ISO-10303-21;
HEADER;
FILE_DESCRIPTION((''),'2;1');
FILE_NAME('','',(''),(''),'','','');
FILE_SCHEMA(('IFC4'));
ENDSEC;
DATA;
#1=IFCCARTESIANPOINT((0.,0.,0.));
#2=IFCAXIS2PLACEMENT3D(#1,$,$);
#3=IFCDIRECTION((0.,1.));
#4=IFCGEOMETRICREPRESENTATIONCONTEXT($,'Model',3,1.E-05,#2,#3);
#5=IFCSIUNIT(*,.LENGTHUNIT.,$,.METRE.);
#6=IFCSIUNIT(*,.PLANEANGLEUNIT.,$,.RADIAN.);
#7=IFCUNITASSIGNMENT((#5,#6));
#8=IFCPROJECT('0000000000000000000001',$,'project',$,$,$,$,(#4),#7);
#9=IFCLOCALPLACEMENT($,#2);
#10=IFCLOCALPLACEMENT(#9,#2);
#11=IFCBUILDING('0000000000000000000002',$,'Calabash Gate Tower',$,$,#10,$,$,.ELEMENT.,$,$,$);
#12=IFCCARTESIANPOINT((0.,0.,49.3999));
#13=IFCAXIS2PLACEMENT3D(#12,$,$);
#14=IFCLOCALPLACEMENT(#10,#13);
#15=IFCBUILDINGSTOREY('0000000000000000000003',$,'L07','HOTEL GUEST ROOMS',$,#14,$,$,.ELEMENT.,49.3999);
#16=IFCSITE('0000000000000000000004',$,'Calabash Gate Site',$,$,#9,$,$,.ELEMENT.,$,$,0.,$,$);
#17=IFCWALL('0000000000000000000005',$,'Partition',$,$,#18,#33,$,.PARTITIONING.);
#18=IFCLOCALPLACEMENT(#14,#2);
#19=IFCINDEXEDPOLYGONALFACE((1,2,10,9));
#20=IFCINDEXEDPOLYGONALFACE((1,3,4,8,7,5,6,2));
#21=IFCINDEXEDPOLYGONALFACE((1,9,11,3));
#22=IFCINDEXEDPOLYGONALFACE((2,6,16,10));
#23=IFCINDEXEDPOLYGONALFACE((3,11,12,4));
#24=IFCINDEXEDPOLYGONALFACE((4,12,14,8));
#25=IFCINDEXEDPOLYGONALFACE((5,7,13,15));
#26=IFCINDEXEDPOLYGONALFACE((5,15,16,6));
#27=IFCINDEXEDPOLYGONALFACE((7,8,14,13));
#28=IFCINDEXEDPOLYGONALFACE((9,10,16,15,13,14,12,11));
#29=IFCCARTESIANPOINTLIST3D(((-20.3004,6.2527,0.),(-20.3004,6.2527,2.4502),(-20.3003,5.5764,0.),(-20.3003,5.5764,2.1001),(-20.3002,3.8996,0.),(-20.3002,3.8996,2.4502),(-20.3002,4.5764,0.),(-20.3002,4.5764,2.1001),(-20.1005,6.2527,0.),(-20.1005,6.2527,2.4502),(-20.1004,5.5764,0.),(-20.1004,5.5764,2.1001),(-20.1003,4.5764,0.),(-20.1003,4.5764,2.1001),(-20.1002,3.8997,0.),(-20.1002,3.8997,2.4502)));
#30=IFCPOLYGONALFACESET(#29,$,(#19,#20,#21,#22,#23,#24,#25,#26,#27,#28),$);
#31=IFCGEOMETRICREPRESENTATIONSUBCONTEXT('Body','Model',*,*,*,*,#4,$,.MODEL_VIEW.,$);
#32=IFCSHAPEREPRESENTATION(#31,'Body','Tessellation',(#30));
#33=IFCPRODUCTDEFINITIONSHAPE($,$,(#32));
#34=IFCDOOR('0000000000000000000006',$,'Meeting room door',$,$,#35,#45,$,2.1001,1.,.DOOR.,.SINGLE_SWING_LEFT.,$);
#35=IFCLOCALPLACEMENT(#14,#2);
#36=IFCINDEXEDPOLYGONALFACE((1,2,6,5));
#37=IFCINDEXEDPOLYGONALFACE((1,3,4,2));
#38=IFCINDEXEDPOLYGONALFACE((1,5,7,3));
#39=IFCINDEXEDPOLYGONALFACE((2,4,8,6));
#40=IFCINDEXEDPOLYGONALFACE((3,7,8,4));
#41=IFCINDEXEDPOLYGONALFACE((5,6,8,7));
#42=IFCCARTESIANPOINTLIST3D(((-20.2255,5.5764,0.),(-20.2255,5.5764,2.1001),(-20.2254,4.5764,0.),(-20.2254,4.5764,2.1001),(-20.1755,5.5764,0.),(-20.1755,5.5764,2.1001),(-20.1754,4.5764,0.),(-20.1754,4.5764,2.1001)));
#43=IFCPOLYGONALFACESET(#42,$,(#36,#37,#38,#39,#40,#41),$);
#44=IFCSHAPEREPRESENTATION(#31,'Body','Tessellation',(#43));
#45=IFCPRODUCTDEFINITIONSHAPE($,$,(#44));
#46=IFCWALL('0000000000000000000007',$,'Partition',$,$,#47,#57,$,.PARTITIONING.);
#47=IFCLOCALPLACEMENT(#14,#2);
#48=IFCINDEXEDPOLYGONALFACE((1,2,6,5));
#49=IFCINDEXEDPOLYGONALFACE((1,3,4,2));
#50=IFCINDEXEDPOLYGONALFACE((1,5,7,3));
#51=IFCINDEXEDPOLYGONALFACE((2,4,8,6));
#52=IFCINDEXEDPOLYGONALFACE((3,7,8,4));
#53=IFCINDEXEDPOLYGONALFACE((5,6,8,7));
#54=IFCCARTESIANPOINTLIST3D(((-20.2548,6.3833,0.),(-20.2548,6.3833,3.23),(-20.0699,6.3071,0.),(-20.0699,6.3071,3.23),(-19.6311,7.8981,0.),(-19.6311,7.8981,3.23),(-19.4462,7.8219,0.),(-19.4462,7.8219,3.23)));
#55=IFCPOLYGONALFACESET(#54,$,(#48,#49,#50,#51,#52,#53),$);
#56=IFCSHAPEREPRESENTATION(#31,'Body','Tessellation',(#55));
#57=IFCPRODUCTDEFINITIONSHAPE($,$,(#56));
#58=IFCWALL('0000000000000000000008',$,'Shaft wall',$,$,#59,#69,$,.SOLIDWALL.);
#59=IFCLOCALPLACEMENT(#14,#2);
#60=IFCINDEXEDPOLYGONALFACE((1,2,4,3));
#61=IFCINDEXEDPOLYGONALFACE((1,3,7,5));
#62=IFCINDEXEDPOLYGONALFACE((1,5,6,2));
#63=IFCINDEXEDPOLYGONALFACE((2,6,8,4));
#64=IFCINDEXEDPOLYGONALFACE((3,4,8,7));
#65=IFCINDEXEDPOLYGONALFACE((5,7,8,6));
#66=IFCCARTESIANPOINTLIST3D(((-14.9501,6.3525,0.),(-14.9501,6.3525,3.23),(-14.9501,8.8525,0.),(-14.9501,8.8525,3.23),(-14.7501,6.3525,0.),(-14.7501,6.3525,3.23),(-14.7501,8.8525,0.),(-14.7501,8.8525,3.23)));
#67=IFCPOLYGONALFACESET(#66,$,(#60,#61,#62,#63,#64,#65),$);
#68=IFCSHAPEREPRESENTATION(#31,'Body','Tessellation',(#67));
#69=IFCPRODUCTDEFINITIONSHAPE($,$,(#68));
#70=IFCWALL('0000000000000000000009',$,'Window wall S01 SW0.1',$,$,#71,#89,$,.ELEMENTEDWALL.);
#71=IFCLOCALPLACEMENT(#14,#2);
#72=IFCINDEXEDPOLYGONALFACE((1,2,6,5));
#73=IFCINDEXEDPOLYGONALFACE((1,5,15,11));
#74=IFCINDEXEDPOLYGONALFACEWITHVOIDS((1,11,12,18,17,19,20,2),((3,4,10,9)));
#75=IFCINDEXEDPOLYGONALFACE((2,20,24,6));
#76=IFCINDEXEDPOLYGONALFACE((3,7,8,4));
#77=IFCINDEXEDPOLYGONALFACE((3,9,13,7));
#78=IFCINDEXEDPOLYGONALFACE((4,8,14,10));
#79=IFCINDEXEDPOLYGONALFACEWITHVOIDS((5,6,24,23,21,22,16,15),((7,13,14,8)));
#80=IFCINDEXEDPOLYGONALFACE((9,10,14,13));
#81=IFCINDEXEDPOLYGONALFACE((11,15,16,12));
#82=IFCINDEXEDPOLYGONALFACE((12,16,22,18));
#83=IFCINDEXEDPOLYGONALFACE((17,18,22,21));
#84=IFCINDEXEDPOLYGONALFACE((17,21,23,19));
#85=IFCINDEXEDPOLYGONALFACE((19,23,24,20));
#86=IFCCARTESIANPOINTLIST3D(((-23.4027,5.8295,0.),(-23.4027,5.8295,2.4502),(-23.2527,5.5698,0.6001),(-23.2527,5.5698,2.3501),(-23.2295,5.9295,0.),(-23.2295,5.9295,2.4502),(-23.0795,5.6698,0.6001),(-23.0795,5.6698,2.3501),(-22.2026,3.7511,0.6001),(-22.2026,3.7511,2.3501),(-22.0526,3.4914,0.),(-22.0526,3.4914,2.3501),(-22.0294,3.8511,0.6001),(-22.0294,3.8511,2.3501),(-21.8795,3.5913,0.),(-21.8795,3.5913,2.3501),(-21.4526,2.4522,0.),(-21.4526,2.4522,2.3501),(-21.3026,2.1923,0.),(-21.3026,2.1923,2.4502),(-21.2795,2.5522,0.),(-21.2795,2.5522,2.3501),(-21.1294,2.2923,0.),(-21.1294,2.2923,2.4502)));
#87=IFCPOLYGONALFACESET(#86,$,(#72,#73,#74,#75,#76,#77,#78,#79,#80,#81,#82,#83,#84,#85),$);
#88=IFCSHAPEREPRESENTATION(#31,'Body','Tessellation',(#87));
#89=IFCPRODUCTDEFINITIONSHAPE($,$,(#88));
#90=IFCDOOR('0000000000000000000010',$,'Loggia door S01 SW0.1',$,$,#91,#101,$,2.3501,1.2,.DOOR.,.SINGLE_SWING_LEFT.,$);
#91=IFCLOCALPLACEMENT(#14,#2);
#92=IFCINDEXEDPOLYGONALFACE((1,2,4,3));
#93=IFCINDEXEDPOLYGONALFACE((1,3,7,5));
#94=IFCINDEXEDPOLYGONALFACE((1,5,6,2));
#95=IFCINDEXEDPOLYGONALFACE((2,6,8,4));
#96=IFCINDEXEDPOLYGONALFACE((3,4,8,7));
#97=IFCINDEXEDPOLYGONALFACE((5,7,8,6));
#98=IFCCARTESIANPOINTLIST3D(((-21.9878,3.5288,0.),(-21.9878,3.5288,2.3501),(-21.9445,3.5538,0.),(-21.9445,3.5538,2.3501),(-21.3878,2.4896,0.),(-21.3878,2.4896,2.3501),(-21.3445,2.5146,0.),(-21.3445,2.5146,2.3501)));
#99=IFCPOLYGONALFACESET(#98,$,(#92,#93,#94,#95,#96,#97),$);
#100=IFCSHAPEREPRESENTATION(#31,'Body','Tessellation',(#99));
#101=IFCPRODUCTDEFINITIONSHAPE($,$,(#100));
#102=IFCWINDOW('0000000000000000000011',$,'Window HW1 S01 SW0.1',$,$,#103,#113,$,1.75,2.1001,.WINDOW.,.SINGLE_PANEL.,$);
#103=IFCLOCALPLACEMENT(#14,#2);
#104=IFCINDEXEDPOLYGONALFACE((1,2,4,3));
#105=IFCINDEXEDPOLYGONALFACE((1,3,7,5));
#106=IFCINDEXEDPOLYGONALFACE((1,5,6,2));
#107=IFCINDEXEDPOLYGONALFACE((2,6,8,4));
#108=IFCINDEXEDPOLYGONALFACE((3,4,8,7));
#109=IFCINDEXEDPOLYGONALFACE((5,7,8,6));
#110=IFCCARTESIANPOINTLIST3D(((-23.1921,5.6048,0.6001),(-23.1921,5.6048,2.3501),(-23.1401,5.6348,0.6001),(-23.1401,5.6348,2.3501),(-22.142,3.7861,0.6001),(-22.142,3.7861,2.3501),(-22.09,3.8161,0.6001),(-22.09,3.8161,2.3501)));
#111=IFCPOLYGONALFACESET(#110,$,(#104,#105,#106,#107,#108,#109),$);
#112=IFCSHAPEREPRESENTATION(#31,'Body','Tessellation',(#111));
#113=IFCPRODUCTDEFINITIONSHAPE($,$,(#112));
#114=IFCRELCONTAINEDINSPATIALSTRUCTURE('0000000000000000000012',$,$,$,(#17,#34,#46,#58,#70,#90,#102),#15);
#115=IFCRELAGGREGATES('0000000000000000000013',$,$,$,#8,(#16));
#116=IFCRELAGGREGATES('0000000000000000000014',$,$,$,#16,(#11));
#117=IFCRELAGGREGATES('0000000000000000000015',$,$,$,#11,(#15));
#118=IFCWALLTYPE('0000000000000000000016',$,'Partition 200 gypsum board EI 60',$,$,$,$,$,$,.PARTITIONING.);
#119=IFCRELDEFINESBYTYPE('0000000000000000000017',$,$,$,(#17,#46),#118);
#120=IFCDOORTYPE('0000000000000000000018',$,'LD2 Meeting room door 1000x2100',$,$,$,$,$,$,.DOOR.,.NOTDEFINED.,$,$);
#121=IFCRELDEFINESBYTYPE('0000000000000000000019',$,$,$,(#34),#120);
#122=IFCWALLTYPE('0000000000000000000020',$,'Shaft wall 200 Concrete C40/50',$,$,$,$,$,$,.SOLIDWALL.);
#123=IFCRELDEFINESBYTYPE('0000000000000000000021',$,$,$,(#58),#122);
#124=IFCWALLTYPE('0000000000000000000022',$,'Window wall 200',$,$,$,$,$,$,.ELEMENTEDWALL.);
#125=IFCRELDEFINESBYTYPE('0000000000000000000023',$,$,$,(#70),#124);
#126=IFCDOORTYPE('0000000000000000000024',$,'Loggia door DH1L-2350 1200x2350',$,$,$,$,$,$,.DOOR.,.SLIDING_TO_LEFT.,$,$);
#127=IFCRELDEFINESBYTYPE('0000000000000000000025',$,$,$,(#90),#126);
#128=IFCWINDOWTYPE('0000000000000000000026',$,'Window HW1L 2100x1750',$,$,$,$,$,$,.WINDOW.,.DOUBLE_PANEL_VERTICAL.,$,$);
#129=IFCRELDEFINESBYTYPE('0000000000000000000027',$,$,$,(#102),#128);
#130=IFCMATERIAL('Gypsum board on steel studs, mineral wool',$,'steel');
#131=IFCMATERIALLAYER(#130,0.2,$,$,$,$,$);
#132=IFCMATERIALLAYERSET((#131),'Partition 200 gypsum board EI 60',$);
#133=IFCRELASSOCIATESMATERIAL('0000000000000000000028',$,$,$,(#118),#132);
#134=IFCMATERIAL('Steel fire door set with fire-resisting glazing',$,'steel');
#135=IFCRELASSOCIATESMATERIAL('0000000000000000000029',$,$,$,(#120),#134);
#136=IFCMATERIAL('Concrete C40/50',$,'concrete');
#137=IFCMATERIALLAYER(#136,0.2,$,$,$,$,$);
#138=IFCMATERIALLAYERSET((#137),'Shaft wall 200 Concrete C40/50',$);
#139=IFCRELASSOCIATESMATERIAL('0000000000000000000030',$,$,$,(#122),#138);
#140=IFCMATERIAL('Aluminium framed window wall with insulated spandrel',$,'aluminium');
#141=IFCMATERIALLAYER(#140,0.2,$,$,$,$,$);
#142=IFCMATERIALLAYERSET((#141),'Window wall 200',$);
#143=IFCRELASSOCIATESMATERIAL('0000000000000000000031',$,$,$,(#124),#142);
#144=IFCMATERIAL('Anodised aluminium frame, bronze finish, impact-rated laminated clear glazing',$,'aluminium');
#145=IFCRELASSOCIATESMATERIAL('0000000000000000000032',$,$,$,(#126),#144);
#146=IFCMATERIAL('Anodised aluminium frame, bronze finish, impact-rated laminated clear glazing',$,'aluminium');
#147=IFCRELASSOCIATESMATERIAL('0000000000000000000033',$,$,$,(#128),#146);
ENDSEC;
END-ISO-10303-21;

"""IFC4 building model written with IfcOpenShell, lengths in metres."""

from ifc_helpers import new_model, si_unit, direction, frame, frame_2d, origin, place, context, subcontext, project, spatial, rectangle, extrude, material, layer, layer_set, type_object, element, fill, save


model = new_model("IFC4")

# Units and contexts
model_context = context("Model", 3, precision=1e-05, world=origin(), true_north=direction((0.0, 1.0)))
body_context = subcontext(model_context, "Body", "Model", "MODEL_VIEW")
ifc_project = project(units=[si_unit("LENGTHUNIT", "METRE"), si_unit("PLANEANGLEUNIT", "RADIAN")], contexts=[model_context])

# Site, building, storey
site_placement = place(None, origin())
site = spatial("IfcSite", under=ifc_project, at=site_placement, Name="Calabash Gate Site", CompositionType="ELEMENT", RefElevation=0.0)
building_placement = place(site_placement, origin())
building = spatial("IfcBuilding", under=site, at=building_placement, Name="Calabash Gate Tower", CompositionType="ELEMENT")
storey_placement = place(building_placement, frame((0.0, 0.0, 49.3999)))
storey = spatial("IfcBuildingStorey", under=building, at=storey_placement, Name="L07", Description="HOTEL GUEST ROOMS", CompositionType="ELEMENT", Elevation=49.3999)

# Shared definitions
ifc_material_1 = material(Name="Gypsum board on steel studs, mineral wool", Category="steel")
ifc_layer_1 = layer(ifc_material_1, 0.2)
ifc_layer_set_1 = layer_set([ifc_layer_1], Name="Partition 200 gypsum board EI 60")
wall_type_1 = type_object("IfcWallType", Name="Partition 200 gypsum board EI 60", PredefinedType="PARTITIONING", material=ifc_layer_set_1)

# Wall, opening, door
wall_1_placement = place(storey_placement, frame((-20.2004, 6.2527, 0.0), z_axis=(0.0, 0.0, 1.0), x_axis=(0.000104, -1.0, 0.0)))
wall_1 = element("IfcWall", 1, at=wall_1_placement, inside=storey, type_object=wall_type_1, Name="Partition", PredefinedType="PARTITIONING", context=body_context, shape_type="SweptSolid", body=[
    extrude(rectangle(XDim=2.353, YDim=0.2, at=frame_2d((1.1765, 0.0))), origin(), (0.0, 0.0, 1.0), 2.4502),
])
opening_1_placement = place(wall_1_placement, frame((0.6763, 0.0, 0.0)))
opening_1 = element("IfcOpeningElement", 2, at=opening_1_placement, cuts=wall_1, PredefinedType="OPENING", context=body_context, shape_type="SweptSolid", body=[
    extrude(rectangle(XDim=1.0, YDim=2.1001, at=frame_2d((0.5, 1.05))), frame((0.0, 0.1099, 0.0), z_axis=(0.0, -1.0, 0.0), x_axis=(1.0, 0.0, 0.0)), (0.0, 0.0, 1.0), 0.22),
])
ifc_material_2 = material(Name="Steel fire door set with fire-resisting glazing", Category="steel")
door_type_1 = type_object("IfcDoorType", Name="LD2 Meeting room door 1000x2100", OperationType="NOTDEFINED", PredefinedType="DOOR", material=ifc_material_2)
door_1_placement = place(opening_1_placement, origin())
door_1 = element("IfcDoor", 3, at=door_1_placement, inside=storey, type_object=door_type_1, Name="Meeting room door", OperationType="SINGLE_SWING_LEFT", OverallHeight=2.1001, OverallWidth=1.0, PredefinedType="DOOR", context=body_context, shape_type="SweptSolid", body=[
    extrude(rectangle(XDim=1.0, YDim=2.1001, at=frame_2d((0.5, 1.05))), frame((0.0, 0.0249, 0.0), z_axis=(0.0, -1.0, 0.0), x_axis=(1.0, 0.0, 0.0)), (0.0, 0.0, 1.0), 0.05),
])
fill(opening_1, door_1)

# Walls
wall_2_placement = place(storey_placement, frame((-20.1624, 6.3452, 0.0), z_axis=(0.0, 0.0, 1.0), x_axis=(0.38075, 0.924678, 0.0)))
element("IfcWall", 4, at=wall_2_placement, inside=storey, type_object=wall_type_1, Name="Partition", PredefinedType="PARTITIONING", context=body_context, shape_type="SweptSolid", body=[
    extrude(rectangle(XDim=1.6382, YDim=0.2, at=frame_2d((0.8191, 0.0))), origin(), (0.0, 0.0, 1.0), 3.23),
])
ifc_material_3 = material(Name="Concrete C40/50", Category="concrete")
ifc_layer_2 = layer(ifc_material_3, 0.2)
ifc_layer_set_2 = layer_set([ifc_layer_2], Name="Shaft wall 200 Concrete C40/50")
wall_type_2 = type_object("IfcWallType", Name="Shaft wall 200 Concrete C40/50", PredefinedType="SOLIDWALL", material=ifc_layer_set_2)
wall_3_placement = place(storey_placement, frame((-14.8501, 6.3525, 0.0), z_axis=(0.0, 0.0, 1.0), x_axis=(0.0, 1.0, 0.0)))
element("IfcWall", 5, at=wall_3_placement, inside=storey, type_object=wall_type_2, Name="Shaft wall", PredefinedType="SOLIDWALL", context=body_context, shape_type="SweptSolid", body=[
    extrude(rectangle(XDim=2.5, YDim=0.2, at=frame_2d((1.25, 0.0))), origin(), (0.0, 0.0, 1.0), 3.23),
])

# Wall, openings, door, window
ifc_material_4 = material(Name="Aluminium framed window wall with insulated spandrel", Category="aluminium")
ifc_layer_3 = layer(ifc_material_4, 0.2)
ifc_layer_set_3 = layer_set([ifc_layer_3], Name="Window wall 200")
wall_type_3 = type_object("IfcWallType", Name="Window wall 200", PredefinedType="ELEMENTEDWALL", material=ifc_layer_set_3)
wall_4_placement = place(storey_placement, frame((-23.3162, 5.8796, 0.0), z_axis=(0.0, 0.0, 1.0), x_axis=(0.500028, -0.866009, 0.0)))
wall_4 = element("IfcWall", 6, at=wall_4_placement, inside=storey, type_object=wall_type_3, Name="Window wall S01 SW0.1", PredefinedType="ELEMENTEDWALL", context=body_context, shape_type="SweptSolid", body=[
    extrude(rectangle(XDim=4.2, YDim=0.2, at=frame_2d((2.1001, 0.0))), origin(), (0.0, 0.0, 1.0), 2.4502),
])
opening_2_placement = place(wall_4_placement, frame((0.3, 0.0, 0.6001)))
opening_2 = element("IfcOpeningElement", 7, at=opening_2_placement, cuts=wall_4, PredefinedType="OPENING", context=body_context, shape_type="SweptSolid", body=[
    extrude(rectangle(XDim=2.1001, YDim=1.75, at=frame_2d((1.05, 0.875))), frame((0.0, 0.1099, 0.0), z_axis=(0.0, -1.0, 0.0), x_axis=(1.0, 0.0, 0.0)), (0.0, 0.0, 1.0), 0.22),
])
opening_3_placement = place(wall_4_placement, frame((2.7, 0.0, 0.0)))
opening_3 = element("IfcOpeningElement", 8, at=opening_3_placement, cuts=wall_4, PredefinedType="OPENING", context=body_context, shape_type="SweptSolid", body=[
    extrude(rectangle(XDim=1.2, YDim=2.3501, at=frame_2d((0.6001, 1.175))), frame((0.0, 0.1099, 0.0), z_axis=(0.0, -1.0, 0.0), x_axis=(1.0, 0.0, 0.0)), (0.0, 0.0, 1.0), 0.22),
])
ifc_material_5 = material(Name="Anodised aluminium frame, bronze finish, impact-rated laminated clear glazing", Category="aluminium")
door_type_2 = type_object("IfcDoorType", Name="Loggia door DH1L-2350 1200x2350", OperationType="SLIDING_TO_LEFT", PredefinedType="DOOR", material=ifc_material_5)
door_2_placement = place(opening_3_placement, origin())
door_2 = element("IfcDoor", 9, at=door_2_placement, inside=storey, type_object=door_type_2, Name="Loggia door S01 SW0.1", OperationType="SINGLE_SWING_LEFT", OverallHeight=2.3501, OverallWidth=1.2, PredefinedType="DOOR", context=body_context, shape_type="SweptSolid", body=[
    extrude(rectangle(XDim=1.2, YDim=2.3501, at=frame_2d((0.6001, 1.175))), frame((0.0, 0.0249, 0.0), z_axis=(0.0, -1.0, 0.0), x_axis=(1.0, 0.0, 0.0)), (0.0, 0.0, 1.0), 0.05),
])
fill(opening_3, door_2)
ifc_material_6 = material(Name="Anodised aluminium frame, bronze finish, impact-rated laminated clear glazing", Category="aluminium")
window_type = type_object("IfcWindowType", Name="Window HW1L 2100x1750", PartitioningType="DOUBLE_PANEL_VERTICAL", PredefinedType="WINDOW", material=ifc_material_6)
window_placement = place(opening_2_placement, origin())
window = element("IfcWindow", 10, at=window_placement, inside=storey, type_object=window_type, Name="Window HW1 S01 SW0.1", OverallHeight=1.75, OverallWidth=2.1001, PartitioningType="SINGLE_PANEL", PredefinedType="WINDOW", context=body_context, shape_type="SweptSolid", body=[
    extrude(rectangle(XDim=2.1001, YDim=1.75, at=frame_2d((1.05, 0.875))), frame((0.0, 0.03, 0.0), z_axis=(0.0, -1.0, 0.0), x_axis=(1.0, 0.0, 0.0)), (0.0, 0.0, 1.0), 0.0601),
])
fill(opening_2, window)

save(model, "model.ifc")
